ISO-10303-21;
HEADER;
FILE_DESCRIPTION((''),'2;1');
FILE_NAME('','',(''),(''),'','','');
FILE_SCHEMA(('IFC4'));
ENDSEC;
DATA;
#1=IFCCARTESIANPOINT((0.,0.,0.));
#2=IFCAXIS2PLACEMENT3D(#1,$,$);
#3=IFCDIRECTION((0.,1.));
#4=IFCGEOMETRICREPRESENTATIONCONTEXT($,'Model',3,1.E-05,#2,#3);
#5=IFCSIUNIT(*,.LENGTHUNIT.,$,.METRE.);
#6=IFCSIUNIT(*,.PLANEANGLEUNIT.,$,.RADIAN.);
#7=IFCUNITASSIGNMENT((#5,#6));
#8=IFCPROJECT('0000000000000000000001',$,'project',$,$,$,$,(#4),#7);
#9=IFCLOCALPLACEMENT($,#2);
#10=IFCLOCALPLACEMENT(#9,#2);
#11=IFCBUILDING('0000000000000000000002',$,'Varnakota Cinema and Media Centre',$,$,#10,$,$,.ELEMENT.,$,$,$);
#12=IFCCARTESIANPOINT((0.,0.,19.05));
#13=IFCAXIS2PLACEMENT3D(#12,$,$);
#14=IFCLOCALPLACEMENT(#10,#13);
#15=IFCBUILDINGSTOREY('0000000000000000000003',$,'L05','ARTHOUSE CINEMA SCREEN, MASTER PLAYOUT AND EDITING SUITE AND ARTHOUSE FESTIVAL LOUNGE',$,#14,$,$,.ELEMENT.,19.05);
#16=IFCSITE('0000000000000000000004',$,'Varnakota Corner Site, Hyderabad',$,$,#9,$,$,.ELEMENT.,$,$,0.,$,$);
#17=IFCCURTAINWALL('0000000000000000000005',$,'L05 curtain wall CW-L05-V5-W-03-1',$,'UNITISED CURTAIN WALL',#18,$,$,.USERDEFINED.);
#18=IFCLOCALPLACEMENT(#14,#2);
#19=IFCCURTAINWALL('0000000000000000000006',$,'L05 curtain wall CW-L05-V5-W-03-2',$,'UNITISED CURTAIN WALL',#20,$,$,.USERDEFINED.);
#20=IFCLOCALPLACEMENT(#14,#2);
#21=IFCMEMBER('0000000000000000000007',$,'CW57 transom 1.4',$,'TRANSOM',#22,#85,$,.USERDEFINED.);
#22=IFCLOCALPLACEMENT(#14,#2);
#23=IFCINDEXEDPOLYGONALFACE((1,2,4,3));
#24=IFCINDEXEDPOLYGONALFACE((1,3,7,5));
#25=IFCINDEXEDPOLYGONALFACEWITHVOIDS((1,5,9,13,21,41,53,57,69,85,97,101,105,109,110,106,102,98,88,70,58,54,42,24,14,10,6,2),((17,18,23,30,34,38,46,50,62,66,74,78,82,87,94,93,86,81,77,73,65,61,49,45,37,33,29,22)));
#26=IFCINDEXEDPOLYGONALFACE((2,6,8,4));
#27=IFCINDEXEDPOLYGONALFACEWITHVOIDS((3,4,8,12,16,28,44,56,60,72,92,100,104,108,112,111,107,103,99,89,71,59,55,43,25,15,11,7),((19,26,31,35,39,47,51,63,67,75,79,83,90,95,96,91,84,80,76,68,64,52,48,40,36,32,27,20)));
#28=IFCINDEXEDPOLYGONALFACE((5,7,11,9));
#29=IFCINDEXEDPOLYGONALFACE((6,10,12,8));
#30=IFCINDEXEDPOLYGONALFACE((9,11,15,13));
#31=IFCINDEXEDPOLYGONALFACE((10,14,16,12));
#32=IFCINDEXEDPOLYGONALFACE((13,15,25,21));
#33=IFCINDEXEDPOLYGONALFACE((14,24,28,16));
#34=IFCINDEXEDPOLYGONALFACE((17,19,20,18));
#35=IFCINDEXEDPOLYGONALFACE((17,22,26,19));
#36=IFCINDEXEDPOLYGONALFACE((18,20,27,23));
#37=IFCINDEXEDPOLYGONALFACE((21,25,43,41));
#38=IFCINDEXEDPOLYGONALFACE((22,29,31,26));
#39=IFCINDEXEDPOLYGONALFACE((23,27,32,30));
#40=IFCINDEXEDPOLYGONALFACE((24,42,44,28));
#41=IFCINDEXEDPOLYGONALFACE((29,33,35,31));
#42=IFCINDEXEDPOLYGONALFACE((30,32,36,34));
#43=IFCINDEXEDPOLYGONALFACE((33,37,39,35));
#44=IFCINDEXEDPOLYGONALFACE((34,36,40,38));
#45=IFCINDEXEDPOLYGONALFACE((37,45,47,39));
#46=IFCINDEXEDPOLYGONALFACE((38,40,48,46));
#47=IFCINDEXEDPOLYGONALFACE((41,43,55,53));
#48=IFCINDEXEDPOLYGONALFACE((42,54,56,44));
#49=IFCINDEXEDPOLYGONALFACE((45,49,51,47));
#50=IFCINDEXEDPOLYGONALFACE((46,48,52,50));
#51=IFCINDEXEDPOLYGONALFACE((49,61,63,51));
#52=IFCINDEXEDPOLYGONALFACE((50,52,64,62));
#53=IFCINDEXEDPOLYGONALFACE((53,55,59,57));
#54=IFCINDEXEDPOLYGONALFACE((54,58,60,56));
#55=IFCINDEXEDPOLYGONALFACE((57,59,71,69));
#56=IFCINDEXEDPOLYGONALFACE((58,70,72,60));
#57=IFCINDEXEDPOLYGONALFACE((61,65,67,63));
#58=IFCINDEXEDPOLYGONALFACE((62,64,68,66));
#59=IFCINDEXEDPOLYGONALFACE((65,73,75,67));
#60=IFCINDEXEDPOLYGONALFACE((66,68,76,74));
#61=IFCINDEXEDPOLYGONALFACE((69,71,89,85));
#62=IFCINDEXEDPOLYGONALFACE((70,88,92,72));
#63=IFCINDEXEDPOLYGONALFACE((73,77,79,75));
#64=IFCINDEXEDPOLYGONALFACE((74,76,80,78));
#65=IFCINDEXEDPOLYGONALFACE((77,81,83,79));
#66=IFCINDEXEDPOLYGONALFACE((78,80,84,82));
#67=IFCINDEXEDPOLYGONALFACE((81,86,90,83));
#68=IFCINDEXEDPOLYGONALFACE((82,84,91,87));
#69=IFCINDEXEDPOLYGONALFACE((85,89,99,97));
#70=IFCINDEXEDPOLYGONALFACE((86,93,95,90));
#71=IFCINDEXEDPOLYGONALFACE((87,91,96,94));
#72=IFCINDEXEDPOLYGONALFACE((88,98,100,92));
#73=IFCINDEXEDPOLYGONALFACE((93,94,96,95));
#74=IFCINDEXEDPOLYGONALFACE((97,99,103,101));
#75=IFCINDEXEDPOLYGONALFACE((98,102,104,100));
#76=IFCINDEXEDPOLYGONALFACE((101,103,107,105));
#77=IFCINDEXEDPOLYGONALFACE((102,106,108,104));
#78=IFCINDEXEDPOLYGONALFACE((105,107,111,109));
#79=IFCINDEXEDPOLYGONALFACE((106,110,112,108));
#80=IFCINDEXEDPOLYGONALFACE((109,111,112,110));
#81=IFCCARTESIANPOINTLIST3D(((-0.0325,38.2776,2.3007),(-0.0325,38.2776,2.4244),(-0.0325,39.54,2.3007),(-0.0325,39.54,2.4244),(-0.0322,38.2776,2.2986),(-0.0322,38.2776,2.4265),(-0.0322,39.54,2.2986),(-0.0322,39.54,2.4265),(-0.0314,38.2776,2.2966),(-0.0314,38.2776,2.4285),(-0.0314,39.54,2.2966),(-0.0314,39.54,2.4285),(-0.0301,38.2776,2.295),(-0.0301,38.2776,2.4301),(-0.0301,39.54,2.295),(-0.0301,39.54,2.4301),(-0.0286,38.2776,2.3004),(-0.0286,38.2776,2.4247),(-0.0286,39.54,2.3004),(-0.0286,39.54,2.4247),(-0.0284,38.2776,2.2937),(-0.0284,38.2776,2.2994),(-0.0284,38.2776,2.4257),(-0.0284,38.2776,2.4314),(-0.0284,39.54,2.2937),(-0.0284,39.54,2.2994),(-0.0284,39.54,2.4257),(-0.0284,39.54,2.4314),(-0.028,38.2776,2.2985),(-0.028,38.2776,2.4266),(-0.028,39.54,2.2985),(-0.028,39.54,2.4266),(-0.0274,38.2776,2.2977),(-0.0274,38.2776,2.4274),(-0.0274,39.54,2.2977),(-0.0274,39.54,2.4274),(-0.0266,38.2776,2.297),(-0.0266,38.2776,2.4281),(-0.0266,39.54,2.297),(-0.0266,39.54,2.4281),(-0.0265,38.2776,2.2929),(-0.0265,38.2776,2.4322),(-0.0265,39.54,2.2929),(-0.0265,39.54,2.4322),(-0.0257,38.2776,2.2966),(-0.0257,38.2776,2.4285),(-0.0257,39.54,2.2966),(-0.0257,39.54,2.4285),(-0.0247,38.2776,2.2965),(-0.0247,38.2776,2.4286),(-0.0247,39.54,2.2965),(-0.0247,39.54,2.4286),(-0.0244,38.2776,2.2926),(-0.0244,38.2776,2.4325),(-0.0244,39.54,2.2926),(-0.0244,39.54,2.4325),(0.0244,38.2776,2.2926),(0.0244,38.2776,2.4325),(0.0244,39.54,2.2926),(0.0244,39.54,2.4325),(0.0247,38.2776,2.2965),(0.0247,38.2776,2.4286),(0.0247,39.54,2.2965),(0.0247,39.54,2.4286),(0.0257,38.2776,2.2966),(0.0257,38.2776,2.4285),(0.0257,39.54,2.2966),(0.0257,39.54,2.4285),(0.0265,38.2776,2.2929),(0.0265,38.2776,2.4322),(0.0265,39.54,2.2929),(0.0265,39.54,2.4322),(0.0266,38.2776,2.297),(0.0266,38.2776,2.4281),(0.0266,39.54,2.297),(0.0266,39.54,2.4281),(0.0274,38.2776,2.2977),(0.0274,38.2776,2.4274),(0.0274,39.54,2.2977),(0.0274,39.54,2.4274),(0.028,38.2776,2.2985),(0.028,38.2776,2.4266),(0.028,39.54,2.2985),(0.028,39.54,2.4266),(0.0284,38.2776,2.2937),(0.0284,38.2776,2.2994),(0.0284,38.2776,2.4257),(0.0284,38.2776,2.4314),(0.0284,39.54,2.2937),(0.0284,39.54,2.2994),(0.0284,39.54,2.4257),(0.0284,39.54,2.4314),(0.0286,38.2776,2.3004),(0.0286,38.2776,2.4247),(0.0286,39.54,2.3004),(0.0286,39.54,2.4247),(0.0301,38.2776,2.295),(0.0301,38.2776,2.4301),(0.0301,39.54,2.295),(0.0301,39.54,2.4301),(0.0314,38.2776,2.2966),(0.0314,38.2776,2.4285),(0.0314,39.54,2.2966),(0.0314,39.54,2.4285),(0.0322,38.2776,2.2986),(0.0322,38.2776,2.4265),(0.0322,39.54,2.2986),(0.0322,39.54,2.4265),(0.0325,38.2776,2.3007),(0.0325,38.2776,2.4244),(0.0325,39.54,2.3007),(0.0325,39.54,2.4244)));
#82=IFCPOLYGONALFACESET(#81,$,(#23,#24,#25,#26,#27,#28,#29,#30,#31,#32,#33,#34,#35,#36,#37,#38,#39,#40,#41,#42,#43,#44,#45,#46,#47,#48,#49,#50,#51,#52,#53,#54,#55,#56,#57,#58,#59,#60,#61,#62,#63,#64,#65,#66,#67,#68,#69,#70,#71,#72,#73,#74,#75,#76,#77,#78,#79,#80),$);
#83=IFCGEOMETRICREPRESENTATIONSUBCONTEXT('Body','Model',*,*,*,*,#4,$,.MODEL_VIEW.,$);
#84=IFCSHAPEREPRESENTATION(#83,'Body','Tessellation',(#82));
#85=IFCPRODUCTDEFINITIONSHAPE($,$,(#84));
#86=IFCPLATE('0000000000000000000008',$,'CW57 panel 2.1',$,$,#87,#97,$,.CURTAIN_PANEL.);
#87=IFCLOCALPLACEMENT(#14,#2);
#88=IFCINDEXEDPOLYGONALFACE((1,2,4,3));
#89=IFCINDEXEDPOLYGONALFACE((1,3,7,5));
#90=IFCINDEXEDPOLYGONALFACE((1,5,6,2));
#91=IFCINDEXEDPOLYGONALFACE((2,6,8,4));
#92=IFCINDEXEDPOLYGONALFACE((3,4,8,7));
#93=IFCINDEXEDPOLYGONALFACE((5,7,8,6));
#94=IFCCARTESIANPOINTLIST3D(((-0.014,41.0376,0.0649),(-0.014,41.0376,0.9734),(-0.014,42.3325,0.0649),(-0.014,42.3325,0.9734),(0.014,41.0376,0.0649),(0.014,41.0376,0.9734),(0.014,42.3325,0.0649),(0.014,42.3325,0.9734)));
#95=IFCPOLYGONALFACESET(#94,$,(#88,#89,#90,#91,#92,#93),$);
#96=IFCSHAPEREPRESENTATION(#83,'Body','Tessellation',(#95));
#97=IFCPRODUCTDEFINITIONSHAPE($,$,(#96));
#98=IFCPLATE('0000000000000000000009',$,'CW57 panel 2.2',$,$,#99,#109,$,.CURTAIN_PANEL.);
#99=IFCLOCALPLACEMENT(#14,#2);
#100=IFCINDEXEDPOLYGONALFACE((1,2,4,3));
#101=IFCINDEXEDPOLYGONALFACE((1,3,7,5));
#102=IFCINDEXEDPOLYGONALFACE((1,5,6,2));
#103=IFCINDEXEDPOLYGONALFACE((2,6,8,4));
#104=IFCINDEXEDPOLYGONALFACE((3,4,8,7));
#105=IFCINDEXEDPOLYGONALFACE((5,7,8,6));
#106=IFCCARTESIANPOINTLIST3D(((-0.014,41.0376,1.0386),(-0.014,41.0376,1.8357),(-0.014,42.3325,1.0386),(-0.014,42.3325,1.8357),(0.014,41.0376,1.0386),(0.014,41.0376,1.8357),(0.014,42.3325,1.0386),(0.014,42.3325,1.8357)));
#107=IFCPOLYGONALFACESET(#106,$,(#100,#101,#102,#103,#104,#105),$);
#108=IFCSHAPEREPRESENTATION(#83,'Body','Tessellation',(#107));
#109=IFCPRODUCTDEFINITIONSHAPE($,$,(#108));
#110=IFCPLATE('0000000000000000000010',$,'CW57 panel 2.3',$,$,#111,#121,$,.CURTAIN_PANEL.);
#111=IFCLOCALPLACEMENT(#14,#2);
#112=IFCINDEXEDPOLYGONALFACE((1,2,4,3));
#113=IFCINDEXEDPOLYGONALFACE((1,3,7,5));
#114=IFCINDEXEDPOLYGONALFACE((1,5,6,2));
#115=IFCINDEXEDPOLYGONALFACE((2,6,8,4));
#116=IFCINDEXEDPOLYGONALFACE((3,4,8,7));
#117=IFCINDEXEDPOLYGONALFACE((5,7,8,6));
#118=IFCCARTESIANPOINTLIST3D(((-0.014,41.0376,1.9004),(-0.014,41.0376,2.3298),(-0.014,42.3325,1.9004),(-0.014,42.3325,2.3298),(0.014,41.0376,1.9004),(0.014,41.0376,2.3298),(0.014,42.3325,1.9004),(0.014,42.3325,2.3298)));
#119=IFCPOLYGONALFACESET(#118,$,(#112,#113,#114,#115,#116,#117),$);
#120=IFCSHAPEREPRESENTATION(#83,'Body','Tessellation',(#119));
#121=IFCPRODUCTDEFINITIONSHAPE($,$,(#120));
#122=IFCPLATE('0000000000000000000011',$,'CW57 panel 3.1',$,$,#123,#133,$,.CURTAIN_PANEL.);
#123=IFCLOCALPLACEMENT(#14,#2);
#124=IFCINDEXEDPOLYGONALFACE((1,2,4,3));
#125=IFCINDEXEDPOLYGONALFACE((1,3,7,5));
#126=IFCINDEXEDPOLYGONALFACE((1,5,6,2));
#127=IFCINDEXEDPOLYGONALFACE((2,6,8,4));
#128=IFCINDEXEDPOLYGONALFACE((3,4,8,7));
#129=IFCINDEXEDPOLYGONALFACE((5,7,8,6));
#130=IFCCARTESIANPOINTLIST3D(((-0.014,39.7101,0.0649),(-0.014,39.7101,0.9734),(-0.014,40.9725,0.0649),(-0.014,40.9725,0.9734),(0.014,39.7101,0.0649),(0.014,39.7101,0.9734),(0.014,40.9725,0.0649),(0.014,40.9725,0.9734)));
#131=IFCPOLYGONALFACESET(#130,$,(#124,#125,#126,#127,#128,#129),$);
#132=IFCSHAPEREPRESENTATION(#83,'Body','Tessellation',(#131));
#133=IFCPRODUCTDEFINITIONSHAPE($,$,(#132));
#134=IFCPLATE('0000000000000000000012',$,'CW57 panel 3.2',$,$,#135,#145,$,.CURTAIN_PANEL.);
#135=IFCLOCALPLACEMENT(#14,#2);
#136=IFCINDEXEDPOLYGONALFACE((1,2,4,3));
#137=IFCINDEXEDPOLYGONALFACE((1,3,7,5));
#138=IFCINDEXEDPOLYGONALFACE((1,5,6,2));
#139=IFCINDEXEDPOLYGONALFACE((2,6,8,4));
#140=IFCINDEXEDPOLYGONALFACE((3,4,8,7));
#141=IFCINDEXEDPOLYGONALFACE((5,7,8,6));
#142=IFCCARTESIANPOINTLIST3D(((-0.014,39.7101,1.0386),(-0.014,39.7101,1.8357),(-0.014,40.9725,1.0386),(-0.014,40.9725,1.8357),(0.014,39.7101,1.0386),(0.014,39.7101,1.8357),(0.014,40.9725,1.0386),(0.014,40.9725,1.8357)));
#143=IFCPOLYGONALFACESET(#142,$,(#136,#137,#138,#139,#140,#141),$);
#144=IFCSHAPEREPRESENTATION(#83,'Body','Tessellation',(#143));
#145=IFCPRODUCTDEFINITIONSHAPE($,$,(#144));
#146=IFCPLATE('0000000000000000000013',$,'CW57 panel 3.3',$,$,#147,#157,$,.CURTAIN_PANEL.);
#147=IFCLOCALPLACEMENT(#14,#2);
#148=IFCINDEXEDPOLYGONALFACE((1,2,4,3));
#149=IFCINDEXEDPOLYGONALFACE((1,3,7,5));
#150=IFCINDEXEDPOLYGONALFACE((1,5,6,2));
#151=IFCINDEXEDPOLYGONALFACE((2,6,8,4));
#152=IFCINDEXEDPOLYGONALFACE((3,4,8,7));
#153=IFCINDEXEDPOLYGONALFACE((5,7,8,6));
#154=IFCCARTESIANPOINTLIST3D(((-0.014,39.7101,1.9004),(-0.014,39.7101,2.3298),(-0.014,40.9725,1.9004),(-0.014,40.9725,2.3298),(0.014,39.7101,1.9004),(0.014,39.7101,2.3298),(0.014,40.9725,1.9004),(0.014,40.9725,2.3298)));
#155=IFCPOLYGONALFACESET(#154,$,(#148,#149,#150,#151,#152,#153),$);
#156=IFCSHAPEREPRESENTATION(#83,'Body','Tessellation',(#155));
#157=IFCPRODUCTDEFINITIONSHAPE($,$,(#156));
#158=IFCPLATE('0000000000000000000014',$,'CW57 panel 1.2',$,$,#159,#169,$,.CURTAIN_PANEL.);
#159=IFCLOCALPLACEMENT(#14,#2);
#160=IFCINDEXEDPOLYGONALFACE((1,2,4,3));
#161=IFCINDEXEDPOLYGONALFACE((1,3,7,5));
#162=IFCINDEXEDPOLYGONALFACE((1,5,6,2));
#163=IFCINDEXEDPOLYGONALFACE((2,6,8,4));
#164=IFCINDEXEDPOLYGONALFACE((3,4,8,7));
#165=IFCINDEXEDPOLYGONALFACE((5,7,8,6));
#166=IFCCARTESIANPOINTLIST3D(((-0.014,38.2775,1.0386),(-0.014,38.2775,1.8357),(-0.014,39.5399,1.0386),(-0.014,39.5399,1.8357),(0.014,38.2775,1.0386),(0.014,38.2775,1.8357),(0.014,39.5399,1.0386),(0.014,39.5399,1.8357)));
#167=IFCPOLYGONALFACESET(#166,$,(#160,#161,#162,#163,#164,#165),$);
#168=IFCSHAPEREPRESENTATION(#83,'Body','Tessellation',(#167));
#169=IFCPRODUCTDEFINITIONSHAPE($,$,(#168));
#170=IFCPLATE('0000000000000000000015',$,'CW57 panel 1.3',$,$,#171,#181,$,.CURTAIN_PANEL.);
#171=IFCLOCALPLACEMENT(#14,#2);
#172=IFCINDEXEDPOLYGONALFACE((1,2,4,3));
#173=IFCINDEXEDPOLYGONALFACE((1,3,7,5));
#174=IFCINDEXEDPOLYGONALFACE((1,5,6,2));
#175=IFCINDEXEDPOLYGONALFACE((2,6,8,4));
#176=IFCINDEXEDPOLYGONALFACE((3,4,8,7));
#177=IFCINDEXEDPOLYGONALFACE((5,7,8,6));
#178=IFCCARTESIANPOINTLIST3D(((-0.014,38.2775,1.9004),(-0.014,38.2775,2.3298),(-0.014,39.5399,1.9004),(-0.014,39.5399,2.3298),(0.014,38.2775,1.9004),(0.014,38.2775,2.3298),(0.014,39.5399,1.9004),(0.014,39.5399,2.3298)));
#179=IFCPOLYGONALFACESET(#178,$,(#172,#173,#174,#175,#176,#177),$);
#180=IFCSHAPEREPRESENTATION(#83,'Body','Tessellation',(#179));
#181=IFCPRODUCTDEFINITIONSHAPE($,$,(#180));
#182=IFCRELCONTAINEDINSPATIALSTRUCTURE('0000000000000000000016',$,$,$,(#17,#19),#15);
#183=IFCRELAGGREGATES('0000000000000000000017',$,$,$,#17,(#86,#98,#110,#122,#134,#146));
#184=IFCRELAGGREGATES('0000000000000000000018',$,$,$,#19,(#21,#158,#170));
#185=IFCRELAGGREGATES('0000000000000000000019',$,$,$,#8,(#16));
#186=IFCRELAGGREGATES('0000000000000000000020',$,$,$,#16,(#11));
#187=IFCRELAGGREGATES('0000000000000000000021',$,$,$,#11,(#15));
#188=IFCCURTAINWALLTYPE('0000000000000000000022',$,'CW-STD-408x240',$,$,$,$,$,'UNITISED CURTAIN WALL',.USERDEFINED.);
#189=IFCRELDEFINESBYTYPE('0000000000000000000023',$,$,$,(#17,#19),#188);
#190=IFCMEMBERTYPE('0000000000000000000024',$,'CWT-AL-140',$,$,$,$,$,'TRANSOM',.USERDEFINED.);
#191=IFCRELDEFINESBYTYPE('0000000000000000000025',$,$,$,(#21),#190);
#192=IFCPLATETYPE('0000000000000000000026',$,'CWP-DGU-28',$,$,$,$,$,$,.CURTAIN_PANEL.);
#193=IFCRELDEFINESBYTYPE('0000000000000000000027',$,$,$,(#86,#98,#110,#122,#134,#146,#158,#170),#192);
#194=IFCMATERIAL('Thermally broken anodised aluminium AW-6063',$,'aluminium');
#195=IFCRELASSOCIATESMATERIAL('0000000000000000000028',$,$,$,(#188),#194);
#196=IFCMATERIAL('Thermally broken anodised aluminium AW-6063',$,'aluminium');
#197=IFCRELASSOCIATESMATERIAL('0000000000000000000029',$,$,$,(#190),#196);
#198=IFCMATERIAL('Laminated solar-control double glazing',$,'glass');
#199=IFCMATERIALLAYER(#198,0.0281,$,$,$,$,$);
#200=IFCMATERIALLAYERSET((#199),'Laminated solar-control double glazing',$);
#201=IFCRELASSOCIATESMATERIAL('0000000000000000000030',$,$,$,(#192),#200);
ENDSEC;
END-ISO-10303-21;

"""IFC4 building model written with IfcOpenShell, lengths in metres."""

from ifc_helpers import new_model, si_unit, direction, frame, origin, origin_2d, place, context, subcontext, project, spatial, rectangle, hollow_rectangle, extrude, material, layer, layer_set, material_profile, profile_set, type_object, element, aggregate, save


model = new_model("IFC4")

# Units and contexts
model_context = context("Model", 3, precision=1e-05, world=origin(), true_north=direction((0.0, 1.0)))
body_context = subcontext(model_context, "Body", "Model", "MODEL_VIEW")
ifc_project = project(units=[si_unit("LENGTHUNIT", "METRE"), si_unit("PLANEANGLEUNIT", "RADIAN")], contexts=[model_context])

# Site, building, storey
site_placement = place(None, origin())
site = spatial("IfcSite", under=ifc_project, at=site_placement, Name="Varnakota Corner Site, Hyderabad", CompositionType="ELEMENT", RefElevation=0.0)
building_placement = place(site_placement, origin())
building = spatial("IfcBuilding", under=site, at=building_placement, Name="Varnakota Cinema and Media Centre", CompositionType="ELEMENT")
storey_placement = place(building_placement, frame((0.0, 0.0, 19.05)))
storey = spatial("IfcBuildingStorey", under=building, at=storey_placement, Name="L05", Description="ARTHOUSE CINEMA SCREEN, MASTER PLAYOUT AND EDITING SUITE AND ARTHOUSE FESTIVAL LOUNGE", CompositionType="ELEMENT", Elevation=19.05)

# Curtain wall
ifc_material_1 = material(Name="Thermally broken anodised aluminium AW-6063", Category="aluminium")
curtain_wall_type = type_object("IfcCurtainWallType", Name="CW-STD-408x240", ElementType="UNITISED CURTAIN WALL", PredefinedType="USERDEFINED", material=ifc_material_1)
curtain_wall_1_placement = place(storey_placement, origin())
curtain_wall_1 = element("IfcCurtainWall", 1, at=curtain_wall_1_placement, inside=storey, type_object=curtain_wall_type, Name="L05 curtain wall CW-L05-V5-W-03-1", ObjectType="UNITISED CURTAIN WALL", PredefinedType="USERDEFINED")

# Curtain wall
curtain_wall_2_placement = place(storey_placement, origin())
curtain_wall_2 = element("IfcCurtainWall", 2, at=curtain_wall_2_placement, inside=storey, type_object=curtain_wall_type, Name="L05 curtain wall CW-L05-V5-W-03-2", ObjectType="UNITISED CURTAIN WALL", PredefinedType="USERDEFINED")

# Member
ifc_material_2 = material(Name="Thermally broken anodised aluminium AW-6063", Category="aluminium")
ifc_material_profile_1 = material_profile(ifc_material_2, hollow_rectangle(XDim=0.0649, YDim=0.1399, WallThickness=0.0039, InnerFilletRadius=0.0039, OuterFilletRadius=0.0081, at=origin_2d()), Name="AL-TRANSOM 140x65x4")
ifc_profile_set_1 = profile_set([ifc_material_profile_1], Name="Thermally broken anodised aluminium AW-6063")
member_type_1 = type_object("IfcMemberType", Name="CWT-AL-140", ElementType="TRANSOM", PredefinedType="USERDEFINED", material=ifc_profile_set_1)
member_1_placement = place(storey_placement, frame((0.0, 39.54, 2.3625), z_axis=(0.0, -1.0, 0.0), x_axis=(1.0, 0.0, 0.0)))
member_1 = element("IfcMember", 3, at=member_1_placement, type_object=member_type_1, Name="CW57 transom 1.4", ObjectType="TRANSOM", PredefinedType="USERDEFINED", context=body_context, shape_type="SweptSolid", body=[
    extrude(hollow_rectangle(XDim=0.0649, YDim=0.1399, WallThickness=0.0039, InnerFilletRadius=0.0039, OuterFilletRadius=0.0081, at=origin_2d()), origin(), (0.0, 0.0, 1.0), 1.2625),
])

# Plates
ifc_material_3 = material(Name="Laminated solar-control double glazing", Category="glass")
ifc_layer = layer(ifc_material_3, 0.0281)
ifc_layer_set = layer_set([ifc_layer], Name="Laminated solar-control double glazing")
plate_type = type_object("IfcPlateType", Name="CWP-DGU-28", PredefinedType="CURTAIN_PANEL", material=ifc_layer_set)
plate_1_placement = place(storey_placement, frame((0.0, 41.6851, 0.0649), z_axis=(0.0, 0.0, 1.0), x_axis=(0.0, -1.0, 0.0)))
plate_1 = element("IfcPlate", 4, at=plate_1_placement, type_object=plate_type, Name="CW57 panel 2.1", PredefinedType="CURTAIN_PANEL", context=body_context, shape_type="SweptSolid", body=[
    extrude(rectangle(XDim=1.2949, YDim=0.0281, at=origin_2d()), origin(), (0.0, 0.0, 1.0), 0.9084),
])
plate_2_placement = place(storey_placement, frame((0.0, 41.6851, 1.0386), z_axis=(0.0, 0.0, 1.0), x_axis=(0.0, -1.0, 0.0)))
plate_2 = element("IfcPlate", 5, at=plate_2_placement, type_object=plate_type, Name="CW57 panel 2.2", PredefinedType="CURTAIN_PANEL", context=body_context, shape_type="SweptSolid", body=[
    extrude(rectangle(XDim=1.2949, YDim=0.0281, at=origin_2d()), origin(), (0.0, 0.0, 1.0), 0.7971),
])
plate_3_placement = place(storey_placement, frame((0.0, 41.6851, 1.9004), z_axis=(0.0, 0.0, 1.0), x_axis=(0.0, -1.0, 0.0)))
plate_3 = element("IfcPlate", 6, at=plate_3_placement, type_object=plate_type, Name="CW57 panel 2.3", PredefinedType="CURTAIN_PANEL", context=body_context, shape_type="SweptSolid", body=[
    extrude(rectangle(XDim=1.2949, YDim=0.0281, at=origin_2d()), origin(), (0.0, 0.0, 1.0), 0.4294),
])
plate_4_placement = place(storey_placement, frame((0.0, 40.3413, 0.0649), z_axis=(0.0, 0.0, 1.0), x_axis=(0.0, -1.0, 0.0)))
plate_4 = element("IfcPlate", 7, at=plate_4_placement, type_object=plate_type, Name="CW57 panel 3.1", PredefinedType="CURTAIN_PANEL", context=body_context, shape_type="SweptSolid", body=[
    extrude(rectangle(XDim=1.2625, YDim=0.0281, at=origin_2d()), origin(), (0.0, 0.0, 1.0), 0.9084),
])
plate_5_placement = place(storey_placement, frame((0.0, 40.3413, 1.0386), z_axis=(0.0, 0.0, 1.0), x_axis=(0.0, -1.0, 0.0)))
plate_5 = element("IfcPlate", 8, at=plate_5_placement, type_object=plate_type, Name="CW57 panel 3.2", PredefinedType="CURTAIN_PANEL", context=body_context, shape_type="SweptSolid", body=[
    extrude(rectangle(XDim=1.2625, YDim=0.0281, at=origin_2d()), origin(), (0.0, 0.0, 1.0), 0.7971),
])
plate_6_placement = place(storey_placement, frame((0.0, 40.3413, 1.9004), z_axis=(0.0, 0.0, 1.0), x_axis=(0.0, -1.0, 0.0)))
plate_6 = element("IfcPlate", 9, at=plate_6_placement, type_object=plate_type, Name="CW57 panel 3.3", PredefinedType="CURTAIN_PANEL", context=body_context, shape_type="SweptSolid", body=[
    extrude(rectangle(XDim=1.2625, YDim=0.0281, at=origin_2d()), origin(), (0.0, 0.0, 1.0), 0.4294),
])
aggregate(curtain_wall_1, [plate_1, plate_2, plate_3, plate_4, plate_5, plate_6])
plate_7_placement = place(storey_placement, frame((0.0, 38.9087, 1.0386), z_axis=(0.0, 0.0, 1.0), x_axis=(0.0, -1.0, 0.0)))
plate_7 = element("IfcPlate", 10, at=plate_7_placement, type_object=plate_type, Name="CW57 panel 1.2", PredefinedType="CURTAIN_PANEL", context=body_context, shape_type="SweptSolid", body=[
    extrude(rectangle(XDim=1.2625, YDim=0.0281, at=origin_2d()), origin(), (0.0, 0.0, 1.0), 0.7971),
])
plate_8_placement = place(storey_placement, frame((0.0, 38.9087, 1.9004), z_axis=(0.0, 0.0, 1.0), x_axis=(0.0, -1.0, 0.0)))
plate_8 = element("IfcPlate", 11, at=plate_8_placement, type_object=plate_type, Name="CW57 panel 1.3", PredefinedType="CURTAIN_PANEL", context=body_context, shape_type="SweptSolid", body=[
    extrude(rectangle(XDim=1.2625, YDim=0.0281, at=origin_2d()), origin(), (0.0, 0.0, 1.0), 0.4294),
])
aggregate(curtain_wall_2, [member_1, plate_7, plate_8])

save(model, "model.ifc")
